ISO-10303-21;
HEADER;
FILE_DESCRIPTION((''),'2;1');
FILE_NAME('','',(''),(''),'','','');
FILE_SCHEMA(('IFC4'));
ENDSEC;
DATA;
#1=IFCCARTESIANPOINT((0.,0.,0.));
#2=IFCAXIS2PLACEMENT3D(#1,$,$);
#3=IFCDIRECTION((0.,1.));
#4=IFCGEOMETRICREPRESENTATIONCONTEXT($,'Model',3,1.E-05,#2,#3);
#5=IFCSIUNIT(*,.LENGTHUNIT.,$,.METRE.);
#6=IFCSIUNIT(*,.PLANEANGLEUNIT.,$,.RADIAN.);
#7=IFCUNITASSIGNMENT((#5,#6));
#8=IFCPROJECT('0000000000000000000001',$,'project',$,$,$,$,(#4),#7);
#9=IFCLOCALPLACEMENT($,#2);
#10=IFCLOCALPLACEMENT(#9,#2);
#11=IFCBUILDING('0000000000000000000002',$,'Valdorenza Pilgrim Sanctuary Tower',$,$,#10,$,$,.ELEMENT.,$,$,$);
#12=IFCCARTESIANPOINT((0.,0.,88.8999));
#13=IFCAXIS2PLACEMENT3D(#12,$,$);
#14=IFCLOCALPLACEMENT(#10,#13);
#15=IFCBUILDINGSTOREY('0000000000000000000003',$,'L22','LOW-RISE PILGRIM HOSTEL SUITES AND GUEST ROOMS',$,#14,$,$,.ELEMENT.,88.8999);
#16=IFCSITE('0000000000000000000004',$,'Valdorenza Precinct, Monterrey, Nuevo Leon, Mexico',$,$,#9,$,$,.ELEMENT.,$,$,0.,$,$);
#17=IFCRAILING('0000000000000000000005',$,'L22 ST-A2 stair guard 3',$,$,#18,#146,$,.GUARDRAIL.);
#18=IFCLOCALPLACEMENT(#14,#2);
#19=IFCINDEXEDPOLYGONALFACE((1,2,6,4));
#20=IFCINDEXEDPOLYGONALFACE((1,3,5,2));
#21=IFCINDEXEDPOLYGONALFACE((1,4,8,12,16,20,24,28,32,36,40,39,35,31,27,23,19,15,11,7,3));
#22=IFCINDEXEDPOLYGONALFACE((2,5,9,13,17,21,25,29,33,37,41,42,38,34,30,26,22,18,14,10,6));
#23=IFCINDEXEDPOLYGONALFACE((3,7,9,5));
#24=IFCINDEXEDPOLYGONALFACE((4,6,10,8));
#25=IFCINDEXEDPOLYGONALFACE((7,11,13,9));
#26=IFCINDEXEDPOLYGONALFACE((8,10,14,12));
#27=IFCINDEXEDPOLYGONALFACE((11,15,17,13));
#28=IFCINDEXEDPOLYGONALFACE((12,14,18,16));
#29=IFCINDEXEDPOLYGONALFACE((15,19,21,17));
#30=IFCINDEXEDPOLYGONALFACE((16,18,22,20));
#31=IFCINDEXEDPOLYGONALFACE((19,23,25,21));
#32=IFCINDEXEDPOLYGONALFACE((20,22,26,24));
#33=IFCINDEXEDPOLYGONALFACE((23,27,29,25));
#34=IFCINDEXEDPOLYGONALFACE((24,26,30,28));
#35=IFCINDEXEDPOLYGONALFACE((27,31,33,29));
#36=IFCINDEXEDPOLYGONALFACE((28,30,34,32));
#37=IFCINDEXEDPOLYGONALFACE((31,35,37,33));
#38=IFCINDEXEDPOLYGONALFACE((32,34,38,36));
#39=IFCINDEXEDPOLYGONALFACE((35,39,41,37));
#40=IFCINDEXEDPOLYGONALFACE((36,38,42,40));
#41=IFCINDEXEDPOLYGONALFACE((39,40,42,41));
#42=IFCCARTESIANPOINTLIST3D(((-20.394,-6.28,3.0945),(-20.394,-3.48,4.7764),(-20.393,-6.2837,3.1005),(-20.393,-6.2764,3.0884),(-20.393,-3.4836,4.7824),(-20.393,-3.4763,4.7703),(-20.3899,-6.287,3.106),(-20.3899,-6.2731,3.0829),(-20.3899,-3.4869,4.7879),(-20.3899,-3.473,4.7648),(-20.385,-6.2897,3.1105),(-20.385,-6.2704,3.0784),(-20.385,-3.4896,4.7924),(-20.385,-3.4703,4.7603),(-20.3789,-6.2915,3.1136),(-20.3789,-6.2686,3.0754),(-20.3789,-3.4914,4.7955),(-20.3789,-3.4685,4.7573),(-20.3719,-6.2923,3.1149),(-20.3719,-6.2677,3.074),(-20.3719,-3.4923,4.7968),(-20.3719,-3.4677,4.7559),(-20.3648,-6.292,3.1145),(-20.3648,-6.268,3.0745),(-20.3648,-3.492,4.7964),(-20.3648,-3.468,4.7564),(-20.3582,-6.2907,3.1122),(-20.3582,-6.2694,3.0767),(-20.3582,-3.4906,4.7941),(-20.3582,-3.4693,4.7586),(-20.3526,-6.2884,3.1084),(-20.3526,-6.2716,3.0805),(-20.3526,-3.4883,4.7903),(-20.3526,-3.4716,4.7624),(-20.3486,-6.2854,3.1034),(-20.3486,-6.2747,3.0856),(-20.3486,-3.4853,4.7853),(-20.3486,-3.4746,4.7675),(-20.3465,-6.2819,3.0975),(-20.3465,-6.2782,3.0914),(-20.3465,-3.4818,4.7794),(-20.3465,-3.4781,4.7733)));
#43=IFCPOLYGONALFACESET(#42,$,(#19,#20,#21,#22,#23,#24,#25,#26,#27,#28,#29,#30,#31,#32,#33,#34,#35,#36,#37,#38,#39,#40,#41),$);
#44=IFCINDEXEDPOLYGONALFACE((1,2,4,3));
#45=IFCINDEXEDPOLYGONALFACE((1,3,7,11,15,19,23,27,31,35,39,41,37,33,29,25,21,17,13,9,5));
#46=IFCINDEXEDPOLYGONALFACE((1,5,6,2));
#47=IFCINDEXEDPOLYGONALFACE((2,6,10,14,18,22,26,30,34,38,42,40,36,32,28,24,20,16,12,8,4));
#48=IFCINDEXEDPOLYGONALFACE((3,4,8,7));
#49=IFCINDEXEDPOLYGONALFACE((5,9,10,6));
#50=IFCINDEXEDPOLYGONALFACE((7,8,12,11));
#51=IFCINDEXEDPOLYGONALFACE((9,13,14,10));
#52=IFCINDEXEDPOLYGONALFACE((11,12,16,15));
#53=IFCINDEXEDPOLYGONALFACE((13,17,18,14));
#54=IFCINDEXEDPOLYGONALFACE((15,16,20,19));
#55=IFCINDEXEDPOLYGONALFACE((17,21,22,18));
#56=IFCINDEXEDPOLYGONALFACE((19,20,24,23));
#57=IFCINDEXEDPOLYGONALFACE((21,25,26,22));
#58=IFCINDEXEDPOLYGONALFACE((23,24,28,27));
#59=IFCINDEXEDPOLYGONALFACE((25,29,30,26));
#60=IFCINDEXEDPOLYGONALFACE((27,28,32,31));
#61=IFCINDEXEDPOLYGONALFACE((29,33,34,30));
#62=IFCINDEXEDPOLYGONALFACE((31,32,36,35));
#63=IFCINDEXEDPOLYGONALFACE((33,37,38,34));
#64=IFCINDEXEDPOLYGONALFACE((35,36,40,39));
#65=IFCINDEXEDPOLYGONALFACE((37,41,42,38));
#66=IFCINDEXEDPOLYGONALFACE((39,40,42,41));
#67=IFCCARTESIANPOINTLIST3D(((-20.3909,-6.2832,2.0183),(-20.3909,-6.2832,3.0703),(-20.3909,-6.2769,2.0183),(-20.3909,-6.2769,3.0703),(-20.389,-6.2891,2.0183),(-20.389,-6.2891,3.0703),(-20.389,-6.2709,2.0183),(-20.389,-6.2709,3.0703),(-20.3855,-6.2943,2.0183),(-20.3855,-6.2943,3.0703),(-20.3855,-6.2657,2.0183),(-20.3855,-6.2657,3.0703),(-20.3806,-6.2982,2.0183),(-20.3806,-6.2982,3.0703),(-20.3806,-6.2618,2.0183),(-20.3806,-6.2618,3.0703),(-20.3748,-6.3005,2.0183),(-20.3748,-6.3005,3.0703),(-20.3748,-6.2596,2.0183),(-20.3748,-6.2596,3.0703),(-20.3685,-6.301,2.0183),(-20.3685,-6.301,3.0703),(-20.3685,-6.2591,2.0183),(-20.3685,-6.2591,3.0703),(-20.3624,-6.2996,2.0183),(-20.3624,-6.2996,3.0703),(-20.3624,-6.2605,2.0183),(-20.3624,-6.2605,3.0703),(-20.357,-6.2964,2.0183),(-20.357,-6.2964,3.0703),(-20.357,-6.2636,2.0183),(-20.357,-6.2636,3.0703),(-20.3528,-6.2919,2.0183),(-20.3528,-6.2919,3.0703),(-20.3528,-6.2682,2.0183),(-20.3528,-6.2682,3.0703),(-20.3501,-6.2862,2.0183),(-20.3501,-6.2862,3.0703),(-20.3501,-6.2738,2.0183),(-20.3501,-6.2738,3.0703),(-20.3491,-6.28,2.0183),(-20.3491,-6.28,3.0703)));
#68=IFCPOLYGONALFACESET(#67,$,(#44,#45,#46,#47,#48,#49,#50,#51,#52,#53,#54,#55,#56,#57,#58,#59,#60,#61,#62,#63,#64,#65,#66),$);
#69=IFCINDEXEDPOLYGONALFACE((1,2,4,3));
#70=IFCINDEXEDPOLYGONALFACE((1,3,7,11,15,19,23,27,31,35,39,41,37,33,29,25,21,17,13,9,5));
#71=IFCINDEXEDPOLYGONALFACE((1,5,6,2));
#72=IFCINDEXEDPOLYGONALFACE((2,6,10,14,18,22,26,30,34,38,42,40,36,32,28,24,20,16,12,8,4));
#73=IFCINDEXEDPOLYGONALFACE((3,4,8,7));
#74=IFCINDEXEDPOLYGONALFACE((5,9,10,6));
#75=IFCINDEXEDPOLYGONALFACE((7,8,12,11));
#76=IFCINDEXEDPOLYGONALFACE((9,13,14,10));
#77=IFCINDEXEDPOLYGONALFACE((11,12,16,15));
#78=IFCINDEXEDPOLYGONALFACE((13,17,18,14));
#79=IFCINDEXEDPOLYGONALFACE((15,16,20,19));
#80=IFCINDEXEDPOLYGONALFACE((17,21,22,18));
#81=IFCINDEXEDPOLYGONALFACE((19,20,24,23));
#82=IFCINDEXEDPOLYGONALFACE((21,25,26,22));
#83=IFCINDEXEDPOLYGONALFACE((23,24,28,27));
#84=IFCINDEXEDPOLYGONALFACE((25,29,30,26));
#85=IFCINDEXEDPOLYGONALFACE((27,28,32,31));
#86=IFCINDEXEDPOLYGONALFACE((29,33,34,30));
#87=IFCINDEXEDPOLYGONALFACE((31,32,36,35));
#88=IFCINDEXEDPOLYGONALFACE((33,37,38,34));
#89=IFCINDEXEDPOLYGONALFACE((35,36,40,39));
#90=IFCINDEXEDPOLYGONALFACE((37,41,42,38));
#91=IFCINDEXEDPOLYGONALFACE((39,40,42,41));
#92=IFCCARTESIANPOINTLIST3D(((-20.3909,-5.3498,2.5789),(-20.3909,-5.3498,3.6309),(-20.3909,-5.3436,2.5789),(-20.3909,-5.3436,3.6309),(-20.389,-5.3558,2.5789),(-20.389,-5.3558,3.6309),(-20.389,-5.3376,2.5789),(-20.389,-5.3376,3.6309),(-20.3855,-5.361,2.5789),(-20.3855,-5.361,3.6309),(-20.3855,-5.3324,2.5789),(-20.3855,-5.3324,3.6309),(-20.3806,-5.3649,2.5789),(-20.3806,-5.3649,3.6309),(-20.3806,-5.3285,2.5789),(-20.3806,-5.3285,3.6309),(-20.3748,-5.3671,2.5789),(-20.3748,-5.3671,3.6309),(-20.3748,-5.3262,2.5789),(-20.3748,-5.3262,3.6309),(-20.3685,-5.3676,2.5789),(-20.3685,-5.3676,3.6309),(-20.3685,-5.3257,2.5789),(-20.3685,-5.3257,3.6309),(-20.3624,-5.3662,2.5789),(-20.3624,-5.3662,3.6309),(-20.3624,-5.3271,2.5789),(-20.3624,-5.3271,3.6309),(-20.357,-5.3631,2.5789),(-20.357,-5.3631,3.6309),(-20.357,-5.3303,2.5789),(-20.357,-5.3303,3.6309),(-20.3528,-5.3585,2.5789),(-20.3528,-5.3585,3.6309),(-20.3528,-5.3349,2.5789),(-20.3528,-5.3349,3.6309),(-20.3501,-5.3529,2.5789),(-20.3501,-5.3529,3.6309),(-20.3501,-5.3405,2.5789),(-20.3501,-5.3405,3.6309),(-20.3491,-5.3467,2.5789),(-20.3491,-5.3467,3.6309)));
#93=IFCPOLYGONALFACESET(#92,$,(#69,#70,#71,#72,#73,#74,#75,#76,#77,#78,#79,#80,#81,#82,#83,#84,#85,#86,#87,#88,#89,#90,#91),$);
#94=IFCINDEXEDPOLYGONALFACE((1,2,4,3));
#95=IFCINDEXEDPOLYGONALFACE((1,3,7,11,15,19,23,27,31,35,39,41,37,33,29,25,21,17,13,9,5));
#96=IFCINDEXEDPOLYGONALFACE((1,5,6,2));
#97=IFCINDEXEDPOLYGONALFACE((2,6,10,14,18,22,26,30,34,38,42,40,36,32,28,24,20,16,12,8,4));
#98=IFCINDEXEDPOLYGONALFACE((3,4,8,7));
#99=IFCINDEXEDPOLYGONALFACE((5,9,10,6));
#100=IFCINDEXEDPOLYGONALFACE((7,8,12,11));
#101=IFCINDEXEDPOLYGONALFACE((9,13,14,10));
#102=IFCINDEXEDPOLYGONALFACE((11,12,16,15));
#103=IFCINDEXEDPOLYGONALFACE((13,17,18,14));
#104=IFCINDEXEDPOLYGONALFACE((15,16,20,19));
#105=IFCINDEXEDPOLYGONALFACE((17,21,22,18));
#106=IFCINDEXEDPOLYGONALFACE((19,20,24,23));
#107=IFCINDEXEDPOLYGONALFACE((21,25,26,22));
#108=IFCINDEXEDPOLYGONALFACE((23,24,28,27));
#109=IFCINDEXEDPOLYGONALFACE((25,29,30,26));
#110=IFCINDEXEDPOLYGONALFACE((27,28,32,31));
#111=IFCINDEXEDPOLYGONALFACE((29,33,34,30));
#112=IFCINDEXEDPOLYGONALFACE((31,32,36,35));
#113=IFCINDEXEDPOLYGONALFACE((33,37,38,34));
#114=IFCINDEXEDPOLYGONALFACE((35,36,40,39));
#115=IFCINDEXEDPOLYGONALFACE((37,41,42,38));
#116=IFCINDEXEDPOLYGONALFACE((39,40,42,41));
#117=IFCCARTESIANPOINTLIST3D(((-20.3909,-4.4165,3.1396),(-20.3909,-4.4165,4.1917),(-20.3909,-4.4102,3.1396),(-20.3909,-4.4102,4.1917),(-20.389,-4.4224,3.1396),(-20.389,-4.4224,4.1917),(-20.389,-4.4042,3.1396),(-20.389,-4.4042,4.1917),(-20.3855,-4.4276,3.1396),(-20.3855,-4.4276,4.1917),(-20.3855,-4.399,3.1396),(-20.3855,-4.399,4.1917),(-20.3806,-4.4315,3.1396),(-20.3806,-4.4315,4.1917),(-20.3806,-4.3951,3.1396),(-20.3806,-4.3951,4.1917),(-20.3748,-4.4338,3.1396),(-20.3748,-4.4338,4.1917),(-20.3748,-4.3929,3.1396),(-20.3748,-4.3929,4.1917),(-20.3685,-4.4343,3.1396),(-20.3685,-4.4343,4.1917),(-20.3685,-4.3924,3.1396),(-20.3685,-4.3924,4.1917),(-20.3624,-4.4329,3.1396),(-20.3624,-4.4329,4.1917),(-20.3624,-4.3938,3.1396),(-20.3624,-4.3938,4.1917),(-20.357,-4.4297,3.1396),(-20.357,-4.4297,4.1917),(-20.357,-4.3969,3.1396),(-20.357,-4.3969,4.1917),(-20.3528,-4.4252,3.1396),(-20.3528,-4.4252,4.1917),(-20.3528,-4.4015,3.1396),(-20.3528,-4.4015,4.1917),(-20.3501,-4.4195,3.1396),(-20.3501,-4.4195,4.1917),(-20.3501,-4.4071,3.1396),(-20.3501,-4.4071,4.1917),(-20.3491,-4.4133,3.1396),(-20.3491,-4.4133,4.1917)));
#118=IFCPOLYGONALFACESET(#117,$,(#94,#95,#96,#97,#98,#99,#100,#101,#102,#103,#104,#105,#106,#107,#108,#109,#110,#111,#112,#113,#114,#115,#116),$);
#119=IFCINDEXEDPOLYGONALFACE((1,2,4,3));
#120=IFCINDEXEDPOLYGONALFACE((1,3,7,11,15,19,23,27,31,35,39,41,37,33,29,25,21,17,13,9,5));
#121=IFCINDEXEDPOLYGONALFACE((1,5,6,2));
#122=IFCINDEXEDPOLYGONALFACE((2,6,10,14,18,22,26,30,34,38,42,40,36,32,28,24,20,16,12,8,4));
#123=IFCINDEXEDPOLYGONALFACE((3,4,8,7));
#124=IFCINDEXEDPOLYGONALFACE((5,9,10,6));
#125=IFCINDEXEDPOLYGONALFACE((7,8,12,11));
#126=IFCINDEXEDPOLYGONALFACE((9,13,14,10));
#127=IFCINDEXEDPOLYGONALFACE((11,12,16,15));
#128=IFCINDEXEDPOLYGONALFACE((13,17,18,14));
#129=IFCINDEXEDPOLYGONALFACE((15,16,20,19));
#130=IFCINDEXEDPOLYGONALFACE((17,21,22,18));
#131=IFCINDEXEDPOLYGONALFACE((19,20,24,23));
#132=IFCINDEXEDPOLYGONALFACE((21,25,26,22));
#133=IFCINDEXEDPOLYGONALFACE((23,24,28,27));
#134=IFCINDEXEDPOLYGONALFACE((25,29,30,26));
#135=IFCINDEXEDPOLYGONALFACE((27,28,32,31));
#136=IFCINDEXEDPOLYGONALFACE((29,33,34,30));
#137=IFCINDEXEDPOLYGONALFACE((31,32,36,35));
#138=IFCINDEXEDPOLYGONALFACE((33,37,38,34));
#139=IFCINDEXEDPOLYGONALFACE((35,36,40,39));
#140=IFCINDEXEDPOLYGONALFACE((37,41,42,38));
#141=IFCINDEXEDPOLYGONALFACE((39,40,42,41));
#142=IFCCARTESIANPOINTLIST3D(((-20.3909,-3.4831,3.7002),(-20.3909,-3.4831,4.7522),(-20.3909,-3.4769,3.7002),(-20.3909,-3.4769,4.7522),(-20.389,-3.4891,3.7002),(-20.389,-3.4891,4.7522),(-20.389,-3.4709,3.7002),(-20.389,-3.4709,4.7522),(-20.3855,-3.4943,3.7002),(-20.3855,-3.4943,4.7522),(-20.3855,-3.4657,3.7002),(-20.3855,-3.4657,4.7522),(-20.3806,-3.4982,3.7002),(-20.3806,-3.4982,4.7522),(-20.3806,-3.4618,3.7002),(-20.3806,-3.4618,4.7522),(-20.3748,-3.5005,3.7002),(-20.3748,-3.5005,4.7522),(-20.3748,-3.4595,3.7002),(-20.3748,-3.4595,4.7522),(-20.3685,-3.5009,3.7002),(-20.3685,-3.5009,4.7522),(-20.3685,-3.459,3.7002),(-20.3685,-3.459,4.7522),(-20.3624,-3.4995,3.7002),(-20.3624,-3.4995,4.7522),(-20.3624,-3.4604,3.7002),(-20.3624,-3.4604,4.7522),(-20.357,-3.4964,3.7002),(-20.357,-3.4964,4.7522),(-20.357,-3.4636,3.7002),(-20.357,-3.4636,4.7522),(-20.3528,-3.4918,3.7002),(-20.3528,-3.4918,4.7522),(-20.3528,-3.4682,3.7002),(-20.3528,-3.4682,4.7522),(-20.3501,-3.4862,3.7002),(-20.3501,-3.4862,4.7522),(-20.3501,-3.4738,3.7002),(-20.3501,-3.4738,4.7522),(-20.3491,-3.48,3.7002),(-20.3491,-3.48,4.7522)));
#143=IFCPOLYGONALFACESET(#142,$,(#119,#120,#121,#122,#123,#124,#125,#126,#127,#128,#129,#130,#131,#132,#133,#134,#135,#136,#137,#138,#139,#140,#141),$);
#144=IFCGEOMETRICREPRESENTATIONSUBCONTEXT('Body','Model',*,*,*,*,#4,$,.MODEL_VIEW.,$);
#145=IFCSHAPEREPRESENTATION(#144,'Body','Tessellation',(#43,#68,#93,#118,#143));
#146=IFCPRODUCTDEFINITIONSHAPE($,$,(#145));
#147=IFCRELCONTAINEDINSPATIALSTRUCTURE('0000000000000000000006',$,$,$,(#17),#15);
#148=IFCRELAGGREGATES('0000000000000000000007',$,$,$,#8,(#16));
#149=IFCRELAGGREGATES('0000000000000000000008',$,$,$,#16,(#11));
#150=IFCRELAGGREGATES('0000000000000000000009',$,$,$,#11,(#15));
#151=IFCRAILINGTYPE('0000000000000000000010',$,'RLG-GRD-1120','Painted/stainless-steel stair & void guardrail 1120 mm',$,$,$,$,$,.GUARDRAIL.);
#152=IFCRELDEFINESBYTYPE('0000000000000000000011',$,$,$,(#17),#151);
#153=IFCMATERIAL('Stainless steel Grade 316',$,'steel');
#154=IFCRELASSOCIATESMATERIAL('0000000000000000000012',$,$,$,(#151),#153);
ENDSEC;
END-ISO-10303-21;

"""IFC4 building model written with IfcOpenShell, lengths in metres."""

from ifc_helpers import new_model, si_unit, direction, frame, origin, origin_2d, place, context, subcontext, project, spatial, circle, extrude, material, type_object, element, save


model = new_model("IFC4")

# Units and contexts
model_context = context("Model", 3, precision=1e-05, world=origin(), true_north=direction((0.0, 1.0)))
body_context = subcontext(model_context, "Body", "Model", "MODEL_VIEW")
ifc_project = project(units=[si_unit("LENGTHUNIT", "METRE"), si_unit("PLANEANGLEUNIT", "RADIAN")], contexts=[model_context])

# Site, building, storey
site_placement = place(None, origin())
site = spatial("IfcSite", under=ifc_project, at=site_placement, Name="Valdorenza Precinct, Monterrey, Nuevo Leon, Mexico", CompositionType="ELEMENT", RefElevation=0.0)
building_placement = place(site_placement, origin())
building = spatial("IfcBuilding", under=site, at=building_placement, Name="Valdorenza Pilgrim Sanctuary Tower", CompositionType="ELEMENT")
storey_placement = place(building_placement, frame((0.0, 0.0, 88.8999)))
storey = spatial("IfcBuildingStorey", under=building, at=storey_placement, Name="L22", Description="LOW-RISE PILGRIM HOSTEL SUITES AND GUEST ROOMS", CompositionType="ELEMENT", Elevation=88.8999)

# Railing
ifc_material_1 = material(Name="Stainless steel Grade 316", Category="steel")
railing_type_1 = type_object("IfcRailingType", Name="RLG-GRD-1120", Description="Painted/stainless-steel stair & void guardrail 1120 mm", PredefinedType="GUARDRAIL", material=ifc_material_1)
railing_1_placement = place(storey_placement, frame((-20.3701, -6.28, 2.0183)))
element("IfcRailing", 1, at=railing_1_placement, inside=storey, type_object=railing_type_1, Name="L22 ST-A2 stair guard 3", PredefinedType="GUARDRAIL", context=body_context, shape_type="SweptSolid", body=[
    extrude(circle(Radius=0.0239, at=origin_2d()), frame((0.0, 0.0, 1.0762), z_axis=(0.0, 0.857242, 0.514913), x_axis=(-1.0, 0.0, 0.0)), (0.0, 0.0, 1.0), 3.2664),
    extrude(circle(Radius=0.021, at=origin_2d()), origin(), (0.0, 0.0, 1.0), 1.052),
    extrude(circle(Radius=0.021, at=origin_2d()), frame((0.0, 0.9333, 0.5605)), (0.0, 0.0, 1.0), 1.052),
    extrude(circle(Radius=0.021, at=origin_2d()), frame((0.0, 1.8667, 1.1213)), (0.0, 0.0, 1.0), 1.052),
    extrude(circle(Radius=0.021, at=origin_2d()), frame((0.0, 2.8, 1.6819)), (0.0, 0.0, 1.0), 1.052),
])

save(model, "model.ifc")
